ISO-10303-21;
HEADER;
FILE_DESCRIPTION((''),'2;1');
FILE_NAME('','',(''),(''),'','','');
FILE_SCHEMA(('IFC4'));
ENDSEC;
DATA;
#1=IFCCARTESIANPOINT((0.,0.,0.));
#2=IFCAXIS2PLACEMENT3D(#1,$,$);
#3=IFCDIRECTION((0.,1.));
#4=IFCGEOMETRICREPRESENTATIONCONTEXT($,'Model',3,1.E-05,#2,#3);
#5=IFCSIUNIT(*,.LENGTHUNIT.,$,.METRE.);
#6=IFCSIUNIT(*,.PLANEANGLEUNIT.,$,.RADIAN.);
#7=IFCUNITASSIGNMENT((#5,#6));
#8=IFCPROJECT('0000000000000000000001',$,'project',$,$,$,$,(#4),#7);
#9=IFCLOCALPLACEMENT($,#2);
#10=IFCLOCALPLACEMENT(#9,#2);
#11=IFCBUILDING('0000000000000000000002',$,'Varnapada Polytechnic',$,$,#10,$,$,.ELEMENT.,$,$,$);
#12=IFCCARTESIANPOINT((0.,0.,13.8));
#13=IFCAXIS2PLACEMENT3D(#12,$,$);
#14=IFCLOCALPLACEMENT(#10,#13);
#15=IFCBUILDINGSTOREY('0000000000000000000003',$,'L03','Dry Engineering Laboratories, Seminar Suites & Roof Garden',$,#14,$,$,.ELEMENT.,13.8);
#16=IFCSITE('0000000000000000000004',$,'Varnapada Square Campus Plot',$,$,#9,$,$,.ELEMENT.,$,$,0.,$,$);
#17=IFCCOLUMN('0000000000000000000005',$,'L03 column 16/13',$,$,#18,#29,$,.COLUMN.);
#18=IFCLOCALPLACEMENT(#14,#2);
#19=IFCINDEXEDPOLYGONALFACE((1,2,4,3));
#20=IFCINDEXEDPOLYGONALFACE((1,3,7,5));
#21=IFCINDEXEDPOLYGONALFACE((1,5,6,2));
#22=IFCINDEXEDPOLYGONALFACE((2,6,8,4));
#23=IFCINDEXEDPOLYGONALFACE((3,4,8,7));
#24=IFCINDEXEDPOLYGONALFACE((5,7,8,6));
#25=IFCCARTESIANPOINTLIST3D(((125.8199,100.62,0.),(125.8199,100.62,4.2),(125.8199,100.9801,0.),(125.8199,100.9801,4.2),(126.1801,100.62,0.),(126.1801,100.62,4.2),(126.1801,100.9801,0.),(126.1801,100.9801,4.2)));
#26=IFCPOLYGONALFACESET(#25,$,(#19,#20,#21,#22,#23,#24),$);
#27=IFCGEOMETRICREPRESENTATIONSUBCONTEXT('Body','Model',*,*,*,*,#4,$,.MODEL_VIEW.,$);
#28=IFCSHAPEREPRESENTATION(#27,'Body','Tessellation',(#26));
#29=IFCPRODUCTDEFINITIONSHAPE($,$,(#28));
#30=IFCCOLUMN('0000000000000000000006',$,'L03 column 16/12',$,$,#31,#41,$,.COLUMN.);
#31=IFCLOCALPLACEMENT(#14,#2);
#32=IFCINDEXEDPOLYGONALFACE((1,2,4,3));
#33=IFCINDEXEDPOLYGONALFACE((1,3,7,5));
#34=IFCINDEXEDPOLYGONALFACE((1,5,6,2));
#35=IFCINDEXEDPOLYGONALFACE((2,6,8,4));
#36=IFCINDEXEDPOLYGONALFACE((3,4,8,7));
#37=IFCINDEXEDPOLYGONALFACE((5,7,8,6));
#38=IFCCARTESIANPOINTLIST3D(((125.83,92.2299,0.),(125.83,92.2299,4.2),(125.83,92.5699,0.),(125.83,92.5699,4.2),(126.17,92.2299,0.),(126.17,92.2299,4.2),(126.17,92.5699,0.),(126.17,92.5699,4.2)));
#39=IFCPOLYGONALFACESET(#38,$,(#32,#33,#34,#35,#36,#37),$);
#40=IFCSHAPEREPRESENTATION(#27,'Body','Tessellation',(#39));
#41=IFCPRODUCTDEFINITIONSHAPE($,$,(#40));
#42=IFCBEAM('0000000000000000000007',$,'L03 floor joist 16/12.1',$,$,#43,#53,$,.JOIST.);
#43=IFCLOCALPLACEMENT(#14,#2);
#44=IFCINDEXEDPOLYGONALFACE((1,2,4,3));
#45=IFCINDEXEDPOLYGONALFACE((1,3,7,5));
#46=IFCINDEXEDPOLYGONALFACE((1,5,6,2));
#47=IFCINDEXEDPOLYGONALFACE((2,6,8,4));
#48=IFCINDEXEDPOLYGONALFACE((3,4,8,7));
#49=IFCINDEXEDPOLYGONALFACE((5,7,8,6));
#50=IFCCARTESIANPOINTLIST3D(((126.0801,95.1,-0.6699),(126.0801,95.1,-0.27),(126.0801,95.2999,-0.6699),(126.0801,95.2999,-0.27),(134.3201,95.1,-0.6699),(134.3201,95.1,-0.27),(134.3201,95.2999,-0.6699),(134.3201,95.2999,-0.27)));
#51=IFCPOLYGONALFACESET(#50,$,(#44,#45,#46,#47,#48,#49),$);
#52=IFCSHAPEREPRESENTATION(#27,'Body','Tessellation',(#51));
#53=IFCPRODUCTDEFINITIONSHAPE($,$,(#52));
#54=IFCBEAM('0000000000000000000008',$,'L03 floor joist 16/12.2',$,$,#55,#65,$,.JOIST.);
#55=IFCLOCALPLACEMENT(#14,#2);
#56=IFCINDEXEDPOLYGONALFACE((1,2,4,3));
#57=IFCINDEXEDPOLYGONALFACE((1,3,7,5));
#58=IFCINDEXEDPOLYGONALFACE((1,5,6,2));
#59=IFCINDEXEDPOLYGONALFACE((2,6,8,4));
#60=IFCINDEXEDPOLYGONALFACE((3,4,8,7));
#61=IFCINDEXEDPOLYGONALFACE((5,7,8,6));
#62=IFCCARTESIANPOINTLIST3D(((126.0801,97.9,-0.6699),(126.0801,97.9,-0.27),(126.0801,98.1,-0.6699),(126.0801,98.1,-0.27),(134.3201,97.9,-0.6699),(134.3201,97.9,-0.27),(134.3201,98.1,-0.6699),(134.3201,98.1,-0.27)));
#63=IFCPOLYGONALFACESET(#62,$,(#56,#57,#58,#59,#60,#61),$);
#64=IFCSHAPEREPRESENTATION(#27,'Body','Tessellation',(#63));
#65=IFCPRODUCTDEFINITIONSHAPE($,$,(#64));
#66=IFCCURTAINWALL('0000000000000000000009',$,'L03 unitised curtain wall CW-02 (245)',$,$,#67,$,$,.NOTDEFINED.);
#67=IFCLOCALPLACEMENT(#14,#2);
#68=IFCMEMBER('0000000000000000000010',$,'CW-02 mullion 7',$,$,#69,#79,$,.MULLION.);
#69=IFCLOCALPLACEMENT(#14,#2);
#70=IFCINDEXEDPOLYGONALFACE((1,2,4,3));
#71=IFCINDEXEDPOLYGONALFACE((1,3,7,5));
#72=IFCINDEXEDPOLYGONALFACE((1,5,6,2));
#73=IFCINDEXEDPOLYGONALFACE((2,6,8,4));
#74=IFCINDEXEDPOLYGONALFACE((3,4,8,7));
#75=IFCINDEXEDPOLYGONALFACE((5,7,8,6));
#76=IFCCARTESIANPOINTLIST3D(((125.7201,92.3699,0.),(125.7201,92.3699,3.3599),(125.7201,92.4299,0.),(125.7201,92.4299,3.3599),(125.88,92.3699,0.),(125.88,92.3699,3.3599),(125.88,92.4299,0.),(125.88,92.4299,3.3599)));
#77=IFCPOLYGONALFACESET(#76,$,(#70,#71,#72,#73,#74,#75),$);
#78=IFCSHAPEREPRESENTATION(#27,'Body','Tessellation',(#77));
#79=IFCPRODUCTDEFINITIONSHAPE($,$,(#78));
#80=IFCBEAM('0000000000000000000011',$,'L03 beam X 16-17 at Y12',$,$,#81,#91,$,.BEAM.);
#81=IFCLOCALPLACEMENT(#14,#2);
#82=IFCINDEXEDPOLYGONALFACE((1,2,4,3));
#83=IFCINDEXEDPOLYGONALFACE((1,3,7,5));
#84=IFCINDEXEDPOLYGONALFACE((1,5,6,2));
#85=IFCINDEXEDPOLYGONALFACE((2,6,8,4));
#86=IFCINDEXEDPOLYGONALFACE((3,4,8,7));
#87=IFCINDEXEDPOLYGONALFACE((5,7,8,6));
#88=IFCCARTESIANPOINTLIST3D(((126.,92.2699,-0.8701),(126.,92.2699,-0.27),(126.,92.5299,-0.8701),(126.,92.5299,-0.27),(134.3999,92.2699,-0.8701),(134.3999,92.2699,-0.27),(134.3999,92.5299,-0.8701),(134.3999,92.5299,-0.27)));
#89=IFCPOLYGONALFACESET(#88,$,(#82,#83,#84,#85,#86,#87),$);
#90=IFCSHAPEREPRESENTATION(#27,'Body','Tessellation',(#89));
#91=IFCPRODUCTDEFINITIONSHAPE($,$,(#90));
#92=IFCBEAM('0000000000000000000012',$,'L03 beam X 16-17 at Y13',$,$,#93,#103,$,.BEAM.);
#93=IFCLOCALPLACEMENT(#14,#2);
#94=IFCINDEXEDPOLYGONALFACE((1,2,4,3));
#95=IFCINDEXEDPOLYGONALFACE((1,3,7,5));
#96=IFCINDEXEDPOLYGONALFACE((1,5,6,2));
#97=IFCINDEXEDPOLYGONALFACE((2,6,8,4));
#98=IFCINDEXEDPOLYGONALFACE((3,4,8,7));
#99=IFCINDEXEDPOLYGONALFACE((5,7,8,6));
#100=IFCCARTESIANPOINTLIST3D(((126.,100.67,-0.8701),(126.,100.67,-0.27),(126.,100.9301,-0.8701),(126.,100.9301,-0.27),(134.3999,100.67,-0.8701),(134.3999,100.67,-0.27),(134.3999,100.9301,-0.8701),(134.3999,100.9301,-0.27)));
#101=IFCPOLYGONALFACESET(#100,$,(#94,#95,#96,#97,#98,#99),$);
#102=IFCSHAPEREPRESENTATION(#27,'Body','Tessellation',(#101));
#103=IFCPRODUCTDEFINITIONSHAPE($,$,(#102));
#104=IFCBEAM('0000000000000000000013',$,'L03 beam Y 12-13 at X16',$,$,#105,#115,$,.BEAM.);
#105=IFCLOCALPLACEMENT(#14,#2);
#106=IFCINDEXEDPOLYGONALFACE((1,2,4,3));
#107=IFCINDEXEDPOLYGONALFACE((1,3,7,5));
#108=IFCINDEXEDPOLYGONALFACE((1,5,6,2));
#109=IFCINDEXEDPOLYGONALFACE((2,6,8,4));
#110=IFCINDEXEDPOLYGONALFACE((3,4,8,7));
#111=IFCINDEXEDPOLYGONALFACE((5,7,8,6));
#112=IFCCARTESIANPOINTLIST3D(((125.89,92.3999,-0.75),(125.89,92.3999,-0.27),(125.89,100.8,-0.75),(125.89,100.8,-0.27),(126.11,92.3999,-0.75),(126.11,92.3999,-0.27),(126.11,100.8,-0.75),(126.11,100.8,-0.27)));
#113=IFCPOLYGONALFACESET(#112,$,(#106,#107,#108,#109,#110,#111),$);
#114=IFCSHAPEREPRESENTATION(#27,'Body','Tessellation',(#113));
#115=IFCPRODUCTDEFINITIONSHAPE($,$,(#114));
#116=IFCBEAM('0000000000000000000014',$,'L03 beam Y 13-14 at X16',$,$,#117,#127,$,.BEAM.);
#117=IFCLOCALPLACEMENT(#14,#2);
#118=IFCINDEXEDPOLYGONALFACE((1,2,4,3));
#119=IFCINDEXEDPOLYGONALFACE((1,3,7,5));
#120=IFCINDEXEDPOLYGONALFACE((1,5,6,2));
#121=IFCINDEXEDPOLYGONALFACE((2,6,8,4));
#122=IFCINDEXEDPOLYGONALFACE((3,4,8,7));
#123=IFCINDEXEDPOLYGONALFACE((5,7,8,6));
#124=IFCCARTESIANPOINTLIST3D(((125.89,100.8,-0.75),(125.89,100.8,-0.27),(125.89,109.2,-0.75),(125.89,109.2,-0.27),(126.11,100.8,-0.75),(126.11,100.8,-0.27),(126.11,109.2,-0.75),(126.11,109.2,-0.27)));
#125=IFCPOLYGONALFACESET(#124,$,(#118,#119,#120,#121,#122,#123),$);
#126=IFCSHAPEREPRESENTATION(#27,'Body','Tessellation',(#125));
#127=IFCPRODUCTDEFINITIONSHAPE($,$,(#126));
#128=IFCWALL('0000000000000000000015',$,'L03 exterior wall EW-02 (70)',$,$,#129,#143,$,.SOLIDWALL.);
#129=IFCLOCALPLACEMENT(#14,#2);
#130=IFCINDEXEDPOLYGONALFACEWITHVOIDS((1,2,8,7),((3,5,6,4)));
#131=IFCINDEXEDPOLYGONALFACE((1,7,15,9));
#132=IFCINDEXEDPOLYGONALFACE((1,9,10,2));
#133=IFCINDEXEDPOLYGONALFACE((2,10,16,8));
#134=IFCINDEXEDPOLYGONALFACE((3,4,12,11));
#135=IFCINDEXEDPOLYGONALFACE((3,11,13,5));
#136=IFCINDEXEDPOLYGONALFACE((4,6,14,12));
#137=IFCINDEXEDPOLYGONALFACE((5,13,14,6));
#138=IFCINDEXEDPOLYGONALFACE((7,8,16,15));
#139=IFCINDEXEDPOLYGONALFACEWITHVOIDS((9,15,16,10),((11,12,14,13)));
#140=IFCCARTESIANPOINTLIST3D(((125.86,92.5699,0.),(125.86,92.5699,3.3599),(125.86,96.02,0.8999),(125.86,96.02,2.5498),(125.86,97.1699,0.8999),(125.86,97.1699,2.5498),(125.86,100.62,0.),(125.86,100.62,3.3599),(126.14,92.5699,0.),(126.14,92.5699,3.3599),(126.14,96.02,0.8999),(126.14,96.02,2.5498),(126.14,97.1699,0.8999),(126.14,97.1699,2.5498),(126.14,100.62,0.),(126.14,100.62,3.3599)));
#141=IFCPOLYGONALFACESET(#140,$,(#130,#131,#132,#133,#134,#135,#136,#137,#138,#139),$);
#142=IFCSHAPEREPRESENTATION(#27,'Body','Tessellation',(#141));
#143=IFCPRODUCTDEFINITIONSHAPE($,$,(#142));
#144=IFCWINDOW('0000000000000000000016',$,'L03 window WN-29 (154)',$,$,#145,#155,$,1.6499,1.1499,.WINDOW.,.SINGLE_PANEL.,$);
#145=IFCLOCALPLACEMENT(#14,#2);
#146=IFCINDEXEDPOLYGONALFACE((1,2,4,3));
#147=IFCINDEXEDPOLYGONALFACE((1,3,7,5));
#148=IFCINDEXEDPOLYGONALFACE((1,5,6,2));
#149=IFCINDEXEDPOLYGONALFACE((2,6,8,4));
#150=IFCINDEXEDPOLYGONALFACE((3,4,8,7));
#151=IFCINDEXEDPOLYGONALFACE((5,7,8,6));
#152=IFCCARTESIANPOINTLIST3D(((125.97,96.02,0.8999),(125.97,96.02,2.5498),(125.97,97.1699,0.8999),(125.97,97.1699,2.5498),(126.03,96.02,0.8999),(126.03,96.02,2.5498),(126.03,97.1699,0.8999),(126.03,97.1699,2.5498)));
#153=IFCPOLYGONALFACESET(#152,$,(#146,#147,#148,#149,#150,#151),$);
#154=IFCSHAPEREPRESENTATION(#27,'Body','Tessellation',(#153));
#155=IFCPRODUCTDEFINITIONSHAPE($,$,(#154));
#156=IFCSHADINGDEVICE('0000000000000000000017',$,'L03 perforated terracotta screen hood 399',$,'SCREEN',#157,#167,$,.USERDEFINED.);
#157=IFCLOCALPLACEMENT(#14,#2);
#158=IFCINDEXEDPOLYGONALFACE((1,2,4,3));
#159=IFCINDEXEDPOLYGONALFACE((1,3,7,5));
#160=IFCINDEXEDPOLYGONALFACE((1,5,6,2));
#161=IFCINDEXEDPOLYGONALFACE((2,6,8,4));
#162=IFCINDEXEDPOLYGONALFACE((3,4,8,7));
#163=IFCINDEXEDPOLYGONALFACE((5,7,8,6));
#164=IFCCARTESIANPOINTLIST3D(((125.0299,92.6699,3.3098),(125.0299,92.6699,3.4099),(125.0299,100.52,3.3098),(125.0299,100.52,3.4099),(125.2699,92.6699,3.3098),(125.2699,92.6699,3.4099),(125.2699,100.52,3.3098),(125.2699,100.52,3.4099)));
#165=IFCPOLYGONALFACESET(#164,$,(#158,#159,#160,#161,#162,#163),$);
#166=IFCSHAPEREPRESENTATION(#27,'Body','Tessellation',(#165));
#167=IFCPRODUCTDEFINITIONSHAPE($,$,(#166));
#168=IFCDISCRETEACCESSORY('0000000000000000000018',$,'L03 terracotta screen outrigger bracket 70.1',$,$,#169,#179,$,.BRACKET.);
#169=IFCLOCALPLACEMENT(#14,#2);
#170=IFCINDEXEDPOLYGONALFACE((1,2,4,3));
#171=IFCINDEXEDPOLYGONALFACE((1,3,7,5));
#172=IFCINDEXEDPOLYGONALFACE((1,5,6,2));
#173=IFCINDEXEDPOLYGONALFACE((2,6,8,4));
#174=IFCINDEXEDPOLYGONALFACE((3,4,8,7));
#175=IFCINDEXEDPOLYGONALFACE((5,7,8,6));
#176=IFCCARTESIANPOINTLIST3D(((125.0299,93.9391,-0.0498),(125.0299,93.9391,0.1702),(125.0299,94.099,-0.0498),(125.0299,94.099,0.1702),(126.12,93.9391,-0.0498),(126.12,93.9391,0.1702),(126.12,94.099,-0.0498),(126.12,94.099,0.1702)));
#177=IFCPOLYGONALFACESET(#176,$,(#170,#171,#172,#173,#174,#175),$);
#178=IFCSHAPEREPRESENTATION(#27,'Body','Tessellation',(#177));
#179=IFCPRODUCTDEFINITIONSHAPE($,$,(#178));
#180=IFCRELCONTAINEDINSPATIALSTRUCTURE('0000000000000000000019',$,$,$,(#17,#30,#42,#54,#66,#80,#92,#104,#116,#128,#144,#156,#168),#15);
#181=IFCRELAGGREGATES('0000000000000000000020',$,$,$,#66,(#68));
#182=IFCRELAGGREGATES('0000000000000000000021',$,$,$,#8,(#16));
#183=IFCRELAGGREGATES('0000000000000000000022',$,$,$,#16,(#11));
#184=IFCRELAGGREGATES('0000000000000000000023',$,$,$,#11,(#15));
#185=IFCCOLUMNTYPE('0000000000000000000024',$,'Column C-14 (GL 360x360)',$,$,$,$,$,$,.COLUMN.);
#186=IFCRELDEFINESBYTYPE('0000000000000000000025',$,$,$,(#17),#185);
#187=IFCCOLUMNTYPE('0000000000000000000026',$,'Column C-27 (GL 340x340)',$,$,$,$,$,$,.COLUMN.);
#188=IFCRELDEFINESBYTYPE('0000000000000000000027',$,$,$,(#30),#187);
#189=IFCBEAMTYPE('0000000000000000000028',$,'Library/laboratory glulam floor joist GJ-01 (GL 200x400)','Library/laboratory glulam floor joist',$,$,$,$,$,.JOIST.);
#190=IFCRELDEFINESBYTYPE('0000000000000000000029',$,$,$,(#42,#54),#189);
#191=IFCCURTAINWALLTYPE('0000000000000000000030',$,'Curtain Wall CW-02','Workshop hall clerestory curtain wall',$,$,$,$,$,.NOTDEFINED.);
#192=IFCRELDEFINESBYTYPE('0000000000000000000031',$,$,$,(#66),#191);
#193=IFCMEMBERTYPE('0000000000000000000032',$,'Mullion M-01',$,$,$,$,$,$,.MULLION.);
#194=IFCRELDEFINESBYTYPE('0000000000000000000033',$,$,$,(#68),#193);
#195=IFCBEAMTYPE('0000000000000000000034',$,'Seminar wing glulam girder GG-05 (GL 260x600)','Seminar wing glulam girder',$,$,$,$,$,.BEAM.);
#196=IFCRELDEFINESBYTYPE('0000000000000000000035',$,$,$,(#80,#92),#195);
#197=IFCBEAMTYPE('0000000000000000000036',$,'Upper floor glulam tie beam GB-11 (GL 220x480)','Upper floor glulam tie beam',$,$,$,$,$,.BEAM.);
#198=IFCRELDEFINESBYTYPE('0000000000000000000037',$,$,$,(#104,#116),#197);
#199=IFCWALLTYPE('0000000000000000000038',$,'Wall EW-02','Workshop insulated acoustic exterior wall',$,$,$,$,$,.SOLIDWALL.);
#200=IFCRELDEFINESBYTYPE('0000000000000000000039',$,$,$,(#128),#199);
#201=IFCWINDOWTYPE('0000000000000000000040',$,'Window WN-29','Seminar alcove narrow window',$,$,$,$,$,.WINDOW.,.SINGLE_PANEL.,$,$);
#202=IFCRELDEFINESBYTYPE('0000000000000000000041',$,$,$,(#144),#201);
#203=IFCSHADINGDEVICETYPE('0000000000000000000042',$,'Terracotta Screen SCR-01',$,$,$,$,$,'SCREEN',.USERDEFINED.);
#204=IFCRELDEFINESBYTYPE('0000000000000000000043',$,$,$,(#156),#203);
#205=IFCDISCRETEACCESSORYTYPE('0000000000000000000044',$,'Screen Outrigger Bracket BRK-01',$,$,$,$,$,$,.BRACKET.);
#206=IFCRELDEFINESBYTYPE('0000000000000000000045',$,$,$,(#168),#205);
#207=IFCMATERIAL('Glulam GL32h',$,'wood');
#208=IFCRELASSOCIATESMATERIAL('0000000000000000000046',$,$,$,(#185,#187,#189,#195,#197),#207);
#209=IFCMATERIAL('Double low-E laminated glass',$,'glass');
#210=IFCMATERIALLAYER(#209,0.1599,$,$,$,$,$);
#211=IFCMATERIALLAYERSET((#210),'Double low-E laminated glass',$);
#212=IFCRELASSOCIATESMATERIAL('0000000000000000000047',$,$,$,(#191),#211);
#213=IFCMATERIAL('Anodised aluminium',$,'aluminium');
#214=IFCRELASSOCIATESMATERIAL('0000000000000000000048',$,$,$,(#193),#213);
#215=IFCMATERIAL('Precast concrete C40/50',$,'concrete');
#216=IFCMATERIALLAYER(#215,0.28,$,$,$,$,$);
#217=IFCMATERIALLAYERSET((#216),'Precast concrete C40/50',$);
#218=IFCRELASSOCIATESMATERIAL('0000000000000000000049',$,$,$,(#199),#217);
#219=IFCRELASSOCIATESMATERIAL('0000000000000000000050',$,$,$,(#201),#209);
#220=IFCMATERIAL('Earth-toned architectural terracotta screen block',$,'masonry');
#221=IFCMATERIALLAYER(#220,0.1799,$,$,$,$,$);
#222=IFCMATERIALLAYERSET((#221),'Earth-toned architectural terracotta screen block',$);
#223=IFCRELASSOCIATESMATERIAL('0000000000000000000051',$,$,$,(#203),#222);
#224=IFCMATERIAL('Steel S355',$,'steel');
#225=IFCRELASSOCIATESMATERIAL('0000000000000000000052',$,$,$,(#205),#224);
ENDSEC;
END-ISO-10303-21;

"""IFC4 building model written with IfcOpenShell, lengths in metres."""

from ifc_helpers import new_model, si_unit, direction, frame, frame_2d, origin, origin_2d, place, context, subcontext, project, spatial, rectangle, extrude, material, layer, layer_set, material_profile, profile_set, type_object, element, fill, aggregate, save


model = new_model("IFC4")

# Units and contexts
model_context = context("Model", 3, precision=1e-05, world=origin(), true_north=direction((0.0, 1.0)))
body_context = subcontext(model_context, "Body", "Model", "MODEL_VIEW")
ifc_project = project(units=[si_unit("LENGTHUNIT", "METRE"), si_unit("PLANEANGLEUNIT", "RADIAN")], contexts=[model_context])

# Site, building, storey
site_placement = place(None, origin())
site = spatial("IfcSite", under=ifc_project, at=site_placement, Name="Varnapada Square Campus Plot", CompositionType="ELEMENT", RefElevation=0.0)
building_placement = place(site_placement, origin())
building = spatial("IfcBuilding", under=site, at=building_placement, Name="Varnapada Polytechnic", CompositionType="ELEMENT")
storey_placement = place(building_placement, frame((0.0, 0.0, 13.8)))
storey = spatial("IfcBuildingStorey", under=building, at=storey_placement, Name="L03", Description="Dry Engineering Laboratories, Seminar Suites & Roof Garden", CompositionType="ELEMENT", Elevation=13.8)

# Columns
ifc_material_1 = material(Name="Glulam GL32h", Category="wood")
ifc_material_profile_1 = material_profile(ifc_material_1, rectangle(XDim=0.3601, YDim=0.3601, at=origin_2d()), Name="GL 360x360")
ifc_profile_set_1 = profile_set([ifc_material_profile_1], Name="Glulam GL32h")
column_type_1 = type_object("IfcColumnType", Name="Column C-14 (GL 360x360)", PredefinedType="COLUMN", material=ifc_profile_set_1)
column_1_placement = place(storey_placement, frame((126.0, 100.8, 0.0), z_axis=(0.0, 0.0, 1.0), x_axis=(1.0, 0.0, 0.0)))
element("IfcColumn", 1, at=column_1_placement, inside=storey, type_object=column_type_1, Name="L03 column 16/13", PredefinedType="COLUMN", context=body_context, shape_type="SweptSolid", body=[
    extrude(rectangle(XDim=0.3601, YDim=0.3601, at=origin_2d()), origin(), (0.0, 0.0, 1.0), 4.2),
])
ifc_material_profile_2 = material_profile(ifc_material_1, rectangle(XDim=0.3401, YDim=0.3401, at=origin_2d()), Name="GL 340x340")
ifc_profile_set_2 = profile_set([ifc_material_profile_2], Name="Glulam GL32h")
column_type_2 = type_object("IfcColumnType", Name="Column C-27 (GL 340x340)", PredefinedType="COLUMN", material=ifc_profile_set_2)
column_2_placement = place(storey_placement, frame((126.0, 92.3999, 0.0), z_axis=(0.0, 0.0, 1.0), x_axis=(1.0, 0.0, 0.0)))
element("IfcColumn", 2, at=column_2_placement, inside=storey, type_object=column_type_2, Name="L03 column 16/12", PredefinedType="COLUMN", context=body_context, shape_type="SweptSolid", body=[
    extrude(rectangle(XDim=0.3401, YDim=0.3401, at=origin_2d()), origin(), (0.0, 0.0, 1.0), 4.2),
])

# Beams
ifc_material_profile_3 = material_profile(ifc_material_1, rectangle(XDim=0.2, YDim=0.3999, at=origin_2d()), Name="GL 200x400")
ifc_profile_set_3 = profile_set([ifc_material_profile_3], Name="Glulam GL32h")
beam_type_1 = type_object("IfcBeamType", Name="Library/laboratory glulam floor joist GJ-01 (GL 200x400)", Description="Library/laboratory glulam floor joist", PredefinedType="JOIST", material=ifc_profile_set_3)
for number, where, z_axis, x_axis, name in (
    (3, (126.0801, 95.2, -0.47), (1.0, 0.0, 0.0), (0.0, 1.0, 0.0), "L03 floor joist 16/12.1"),
    (4, (126.0801, 98.0, -0.47), (1.0, 0.0, 0.0), (0.0, 1.0, 0.0), "L03 floor joist 16/12.2"),
):
    element("IfcBeam", number, at=place(storey_placement, frame(where, z_axis=z_axis, x_axis=x_axis)), inside=storey, type_object=beam_type_1, Name=name, PredefinedType="JOIST", context=body_context, shape_type="SweptSolid", body=[
        extrude(rectangle(XDim=0.2, YDim=0.3999, at=origin_2d()), origin(), (0.0, 0.0, 1.0), 8.24),
    ])

# Curtain wall, member
ifc_material_2 = material(Name="Double low-E laminated glass", Category="glass")
ifc_layer_1 = layer(ifc_material_2, 0.1599)
ifc_layer_set_1 = layer_set([ifc_layer_1], Name="Double low-E laminated glass")
curtain_wall_type = type_object("IfcCurtainWallType", Name="Curtain Wall CW-02", Description="Workshop hall clerestory curtain wall", PredefinedType="NOTDEFINED", material=ifc_layer_set_1)
curtain_wall_placement = place(storey_placement, origin())
curtain_wall = element("IfcCurtainWall", 5, at=curtain_wall_placement, inside=storey, type_object=curtain_wall_type, Name="L03 unitised curtain wall CW-02 (245)", PredefinedType="NOTDEFINED")
ifc_material_3 = material(Name="Anodised aluminium", Category="aluminium")
ifc_material_profile_4 = material_profile(ifc_material_3, rectangle(XDim=0.0601, YDim=0.1599, at=origin_2d()), Name="ALU M60x160")
ifc_profile_set_4 = profile_set([ifc_material_profile_4], Name="Anodised aluminium")
member_type = type_object("IfcMemberType", Name="Mullion M-01", PredefinedType="MULLION", material=ifc_profile_set_4)
member_placement = place(storey_placement, frame((125.8, 92.3999, 0.0), z_axis=(0.0, 0.0, 1.0), x_axis=(0.0, 1.0, 0.0)))
member = element("IfcMember", 6, at=member_placement, type_object=member_type, Name="CW-02 mullion 7", PredefinedType="MULLION", context=body_context, shape_type="SweptSolid", body=[
    extrude(rectangle(XDim=0.0601, YDim=0.1599, at=origin_2d()), origin(), (0.0, 0.0, 1.0), 3.3599),
])
aggregate(curtain_wall, [member])

# Beams
ifc_material_profile_5 = material_profile(ifc_material_1, rectangle(XDim=0.26, YDim=0.6001, at=origin_2d()), Name="GL 260x600")
ifc_profile_set_5 = profile_set([ifc_material_profile_5], Name="Glulam GL32h")
beam_type_2 = type_object("IfcBeamType", Name="Seminar wing glulam girder GG-05 (GL 260x600)", Description="Seminar wing glulam girder", PredefinedType="BEAM", material=ifc_profile_set_5)
for number, where, z_axis, x_axis, name in (
    (7, (126.0, 92.3999, -0.5701), (1.0, 0.0, 0.0), (0.0, 1.0, 0.0), "L03 beam X 16-17 at Y12"),
    (8, (126.0, 100.8, -0.5701), (1.0, 0.0, 0.0), (0.0, 1.0, 0.0), "L03 beam X 16-17 at Y13"),
):
    element("IfcBeam", number, at=place(storey_placement, frame(where, z_axis=z_axis, x_axis=x_axis)), inside=storey, type_object=beam_type_2, Name=name, PredefinedType="BEAM", context=body_context, shape_type="SweptSolid", body=[
        extrude(rectangle(XDim=0.26, YDim=0.6001, at=origin_2d()), origin(), (0.0, 0.0, 1.0), 8.3999),
    ])
ifc_material_profile_6 = material_profile(ifc_material_1, rectangle(XDim=0.22, YDim=0.48, at=origin_2d()), Name="GL 220x480")
ifc_profile_set_6 = profile_set([ifc_material_profile_6], Name="Glulam GL32h")
beam_type_3 = type_object("IfcBeamType", Name="Upper floor glulam tie beam GB-11 (GL 220x480)", Description="Upper floor glulam tie beam", PredefinedType="BEAM", material=ifc_profile_set_6)
beam_1_placement = place(storey_placement, frame((126.0, 92.3999, -0.51), z_axis=(0.0, 1.0, 0.0), x_axis=(-1.0, 0.0, 0.0)))
element("IfcBeam", 9, at=beam_1_placement, inside=storey, type_object=beam_type_3, Name="L03 beam Y 12-13 at X16", PredefinedType="BEAM", context=body_context, shape_type="SweptSolid", body=[
    extrude(rectangle(XDim=0.22, YDim=0.48, at=origin_2d()), origin(), (0.0, 0.0, 1.0), 8.4001),
])
beam_2_placement = place(storey_placement, frame((126.0, 100.8, -0.51), z_axis=(0.0, 1.0, 0.0), x_axis=(-1.0, 0.0, 0.0)))
element("IfcBeam", 10, at=beam_2_placement, inside=storey, type_object=beam_type_3, Name="L03 beam Y 13-14 at X16", PredefinedType="BEAM", context=body_context, shape_type="SweptSolid", body=[
    extrude(rectangle(XDim=0.22, YDim=0.48, at=origin_2d()), origin(), (0.0, 0.0, 1.0), 8.3999),
])

# Wall, opening, window
ifc_material_4 = material(Name="Precast concrete C40/50", Category="concrete")
ifc_layer_2 = layer(ifc_material_4, 0.28)
ifc_layer_set_2 = layer_set([ifc_layer_2], Name="Precast concrete C40/50")
wall_type = type_object("IfcWallType", Name="Wall EW-02", Description="Workshop insulated acoustic exterior wall", PredefinedType="SOLIDWALL", material=ifc_layer_set_2)
wall_placement = place(storey_placement, frame((126.0, 92.5701, 0.0), z_axis=(0.0, 0.0, 1.0), x_axis=(0.0, 1.0, 0.0)))
wall = element("IfcWall", 11, at=wall_placement, inside=storey, type_object=wall_type, Name="L03 exterior wall EW-02 (70)", PredefinedType="SOLIDWALL", context=body_context, shape_type="SweptSolid", body=[
    extrude(rectangle(XDim=8.05, YDim=0.28, at=frame_2d((4.0249, 0.0))), origin(), (0.0, 0.0, 1.0), 3.3599),
])
opening_placement = place(wall_placement, frame((3.45, 0.0, 0.8999)))
opening = element("IfcOpeningElement", 12, at=opening_placement, cuts=wall, PredefinedType="OPENING", context=body_context, shape_type="SweptSolid", body=[
    extrude(rectangle(XDim=1.1499, YDim=1.6499, at=frame_2d((0.575, 0.825))), frame((0.0, 0.1499, 0.0), z_axis=(0.0, -1.0, 0.0), x_axis=(1.0, 0.0, 0.0)), (0.0, 0.0, 1.0), 0.3),
])
window_type = type_object("IfcWindowType", Name="Window WN-29", Description="Seminar alcove narrow window", PartitioningType="SINGLE_PANEL", PredefinedType="WINDOW", material=ifc_material_2)
window_placement = place(opening_placement, origin())
window = element("IfcWindow", 13, at=window_placement, inside=storey, type_object=window_type, Name="L03 window WN-29 (154)", OverallHeight=1.6499, OverallWidth=1.1499, PartitioningType="SINGLE_PANEL", PredefinedType="WINDOW", context=body_context, shape_type="SweptSolid", body=[
    extrude(rectangle(XDim=1.1499, YDim=1.6499, at=frame_2d((0.575, 0.825))), frame((0.0, 0.03, 0.0), z_axis=(0.0, -1.0, 0.0), x_axis=(1.0, 0.0, 0.0)), (0.0, 0.0, 1.0), 0.0601),
])
fill(opening, window)

# Shading device
ifc_material_5 = material(Name="Earth-toned architectural terracotta screen block", Category="masonry")
ifc_layer_3 = layer(ifc_material_5, 0.1799)
ifc_layer_set_3 = layer_set([ifc_layer_3], Name="Earth-toned architectural terracotta screen block")
shading_device_type = type_object("IfcShadingDeviceType", Name="Terracotta Screen SCR-01", ElementType="SCREEN", PredefinedType="USERDEFINED", material=ifc_layer_set_3)
shading_device_placement = place(storey_placement, frame((125.1499, 96.595, 3.3098), z_axis=(0.0, 0.0, 1.0), x_axis=(0.0, 1.0, 0.0)))
element("IfcShadingDevice", 14, at=shading_device_placement, inside=storey, type_object=shading_device_type, Name="L03 perforated terracotta screen hood 399", ObjectType="SCREEN", PredefinedType="USERDEFINED", context=body_context, shape_type="SweptSolid", body=[
    extrude(rectangle(XDim=7.8501, YDim=0.24, at=origin_2d()), origin(), (0.0, 0.0, 1.0), 0.1001),
])

# Discrete accessory
ifc_material_6 = material(Name="Steel S355", Category="steel")
discrete_accessory_type = type_object("IfcDiscreteAccessoryType", Name="Screen Outrigger Bracket BRK-01", PredefinedType="BRACKET", material=ifc_material_6)
for number, where, z_axis, x_axis, name in (
    (15, (125.575, 94.019, -0.0498), (0.0, 0.0, 1.0), (0.0, 1.0, 0.0), "L03 terracotta screen outrigger bracket 70.1"),
):
    element("IfcDiscreteAccessory", number, at=place(storey_placement, frame(where, z_axis=z_axis, x_axis=x_axis)), inside=storey, type_object=discrete_accessory_type, Name=name, PredefinedType="BRACKET", context=body_context, shape_type="SweptSolid", body=[
        extrude(rectangle(XDim=0.1599, YDim=1.0901, at=origin_2d()), origin(), (0.0, 0.0, 1.0), 0.22),
    ])

save(model, "model.ifc")
